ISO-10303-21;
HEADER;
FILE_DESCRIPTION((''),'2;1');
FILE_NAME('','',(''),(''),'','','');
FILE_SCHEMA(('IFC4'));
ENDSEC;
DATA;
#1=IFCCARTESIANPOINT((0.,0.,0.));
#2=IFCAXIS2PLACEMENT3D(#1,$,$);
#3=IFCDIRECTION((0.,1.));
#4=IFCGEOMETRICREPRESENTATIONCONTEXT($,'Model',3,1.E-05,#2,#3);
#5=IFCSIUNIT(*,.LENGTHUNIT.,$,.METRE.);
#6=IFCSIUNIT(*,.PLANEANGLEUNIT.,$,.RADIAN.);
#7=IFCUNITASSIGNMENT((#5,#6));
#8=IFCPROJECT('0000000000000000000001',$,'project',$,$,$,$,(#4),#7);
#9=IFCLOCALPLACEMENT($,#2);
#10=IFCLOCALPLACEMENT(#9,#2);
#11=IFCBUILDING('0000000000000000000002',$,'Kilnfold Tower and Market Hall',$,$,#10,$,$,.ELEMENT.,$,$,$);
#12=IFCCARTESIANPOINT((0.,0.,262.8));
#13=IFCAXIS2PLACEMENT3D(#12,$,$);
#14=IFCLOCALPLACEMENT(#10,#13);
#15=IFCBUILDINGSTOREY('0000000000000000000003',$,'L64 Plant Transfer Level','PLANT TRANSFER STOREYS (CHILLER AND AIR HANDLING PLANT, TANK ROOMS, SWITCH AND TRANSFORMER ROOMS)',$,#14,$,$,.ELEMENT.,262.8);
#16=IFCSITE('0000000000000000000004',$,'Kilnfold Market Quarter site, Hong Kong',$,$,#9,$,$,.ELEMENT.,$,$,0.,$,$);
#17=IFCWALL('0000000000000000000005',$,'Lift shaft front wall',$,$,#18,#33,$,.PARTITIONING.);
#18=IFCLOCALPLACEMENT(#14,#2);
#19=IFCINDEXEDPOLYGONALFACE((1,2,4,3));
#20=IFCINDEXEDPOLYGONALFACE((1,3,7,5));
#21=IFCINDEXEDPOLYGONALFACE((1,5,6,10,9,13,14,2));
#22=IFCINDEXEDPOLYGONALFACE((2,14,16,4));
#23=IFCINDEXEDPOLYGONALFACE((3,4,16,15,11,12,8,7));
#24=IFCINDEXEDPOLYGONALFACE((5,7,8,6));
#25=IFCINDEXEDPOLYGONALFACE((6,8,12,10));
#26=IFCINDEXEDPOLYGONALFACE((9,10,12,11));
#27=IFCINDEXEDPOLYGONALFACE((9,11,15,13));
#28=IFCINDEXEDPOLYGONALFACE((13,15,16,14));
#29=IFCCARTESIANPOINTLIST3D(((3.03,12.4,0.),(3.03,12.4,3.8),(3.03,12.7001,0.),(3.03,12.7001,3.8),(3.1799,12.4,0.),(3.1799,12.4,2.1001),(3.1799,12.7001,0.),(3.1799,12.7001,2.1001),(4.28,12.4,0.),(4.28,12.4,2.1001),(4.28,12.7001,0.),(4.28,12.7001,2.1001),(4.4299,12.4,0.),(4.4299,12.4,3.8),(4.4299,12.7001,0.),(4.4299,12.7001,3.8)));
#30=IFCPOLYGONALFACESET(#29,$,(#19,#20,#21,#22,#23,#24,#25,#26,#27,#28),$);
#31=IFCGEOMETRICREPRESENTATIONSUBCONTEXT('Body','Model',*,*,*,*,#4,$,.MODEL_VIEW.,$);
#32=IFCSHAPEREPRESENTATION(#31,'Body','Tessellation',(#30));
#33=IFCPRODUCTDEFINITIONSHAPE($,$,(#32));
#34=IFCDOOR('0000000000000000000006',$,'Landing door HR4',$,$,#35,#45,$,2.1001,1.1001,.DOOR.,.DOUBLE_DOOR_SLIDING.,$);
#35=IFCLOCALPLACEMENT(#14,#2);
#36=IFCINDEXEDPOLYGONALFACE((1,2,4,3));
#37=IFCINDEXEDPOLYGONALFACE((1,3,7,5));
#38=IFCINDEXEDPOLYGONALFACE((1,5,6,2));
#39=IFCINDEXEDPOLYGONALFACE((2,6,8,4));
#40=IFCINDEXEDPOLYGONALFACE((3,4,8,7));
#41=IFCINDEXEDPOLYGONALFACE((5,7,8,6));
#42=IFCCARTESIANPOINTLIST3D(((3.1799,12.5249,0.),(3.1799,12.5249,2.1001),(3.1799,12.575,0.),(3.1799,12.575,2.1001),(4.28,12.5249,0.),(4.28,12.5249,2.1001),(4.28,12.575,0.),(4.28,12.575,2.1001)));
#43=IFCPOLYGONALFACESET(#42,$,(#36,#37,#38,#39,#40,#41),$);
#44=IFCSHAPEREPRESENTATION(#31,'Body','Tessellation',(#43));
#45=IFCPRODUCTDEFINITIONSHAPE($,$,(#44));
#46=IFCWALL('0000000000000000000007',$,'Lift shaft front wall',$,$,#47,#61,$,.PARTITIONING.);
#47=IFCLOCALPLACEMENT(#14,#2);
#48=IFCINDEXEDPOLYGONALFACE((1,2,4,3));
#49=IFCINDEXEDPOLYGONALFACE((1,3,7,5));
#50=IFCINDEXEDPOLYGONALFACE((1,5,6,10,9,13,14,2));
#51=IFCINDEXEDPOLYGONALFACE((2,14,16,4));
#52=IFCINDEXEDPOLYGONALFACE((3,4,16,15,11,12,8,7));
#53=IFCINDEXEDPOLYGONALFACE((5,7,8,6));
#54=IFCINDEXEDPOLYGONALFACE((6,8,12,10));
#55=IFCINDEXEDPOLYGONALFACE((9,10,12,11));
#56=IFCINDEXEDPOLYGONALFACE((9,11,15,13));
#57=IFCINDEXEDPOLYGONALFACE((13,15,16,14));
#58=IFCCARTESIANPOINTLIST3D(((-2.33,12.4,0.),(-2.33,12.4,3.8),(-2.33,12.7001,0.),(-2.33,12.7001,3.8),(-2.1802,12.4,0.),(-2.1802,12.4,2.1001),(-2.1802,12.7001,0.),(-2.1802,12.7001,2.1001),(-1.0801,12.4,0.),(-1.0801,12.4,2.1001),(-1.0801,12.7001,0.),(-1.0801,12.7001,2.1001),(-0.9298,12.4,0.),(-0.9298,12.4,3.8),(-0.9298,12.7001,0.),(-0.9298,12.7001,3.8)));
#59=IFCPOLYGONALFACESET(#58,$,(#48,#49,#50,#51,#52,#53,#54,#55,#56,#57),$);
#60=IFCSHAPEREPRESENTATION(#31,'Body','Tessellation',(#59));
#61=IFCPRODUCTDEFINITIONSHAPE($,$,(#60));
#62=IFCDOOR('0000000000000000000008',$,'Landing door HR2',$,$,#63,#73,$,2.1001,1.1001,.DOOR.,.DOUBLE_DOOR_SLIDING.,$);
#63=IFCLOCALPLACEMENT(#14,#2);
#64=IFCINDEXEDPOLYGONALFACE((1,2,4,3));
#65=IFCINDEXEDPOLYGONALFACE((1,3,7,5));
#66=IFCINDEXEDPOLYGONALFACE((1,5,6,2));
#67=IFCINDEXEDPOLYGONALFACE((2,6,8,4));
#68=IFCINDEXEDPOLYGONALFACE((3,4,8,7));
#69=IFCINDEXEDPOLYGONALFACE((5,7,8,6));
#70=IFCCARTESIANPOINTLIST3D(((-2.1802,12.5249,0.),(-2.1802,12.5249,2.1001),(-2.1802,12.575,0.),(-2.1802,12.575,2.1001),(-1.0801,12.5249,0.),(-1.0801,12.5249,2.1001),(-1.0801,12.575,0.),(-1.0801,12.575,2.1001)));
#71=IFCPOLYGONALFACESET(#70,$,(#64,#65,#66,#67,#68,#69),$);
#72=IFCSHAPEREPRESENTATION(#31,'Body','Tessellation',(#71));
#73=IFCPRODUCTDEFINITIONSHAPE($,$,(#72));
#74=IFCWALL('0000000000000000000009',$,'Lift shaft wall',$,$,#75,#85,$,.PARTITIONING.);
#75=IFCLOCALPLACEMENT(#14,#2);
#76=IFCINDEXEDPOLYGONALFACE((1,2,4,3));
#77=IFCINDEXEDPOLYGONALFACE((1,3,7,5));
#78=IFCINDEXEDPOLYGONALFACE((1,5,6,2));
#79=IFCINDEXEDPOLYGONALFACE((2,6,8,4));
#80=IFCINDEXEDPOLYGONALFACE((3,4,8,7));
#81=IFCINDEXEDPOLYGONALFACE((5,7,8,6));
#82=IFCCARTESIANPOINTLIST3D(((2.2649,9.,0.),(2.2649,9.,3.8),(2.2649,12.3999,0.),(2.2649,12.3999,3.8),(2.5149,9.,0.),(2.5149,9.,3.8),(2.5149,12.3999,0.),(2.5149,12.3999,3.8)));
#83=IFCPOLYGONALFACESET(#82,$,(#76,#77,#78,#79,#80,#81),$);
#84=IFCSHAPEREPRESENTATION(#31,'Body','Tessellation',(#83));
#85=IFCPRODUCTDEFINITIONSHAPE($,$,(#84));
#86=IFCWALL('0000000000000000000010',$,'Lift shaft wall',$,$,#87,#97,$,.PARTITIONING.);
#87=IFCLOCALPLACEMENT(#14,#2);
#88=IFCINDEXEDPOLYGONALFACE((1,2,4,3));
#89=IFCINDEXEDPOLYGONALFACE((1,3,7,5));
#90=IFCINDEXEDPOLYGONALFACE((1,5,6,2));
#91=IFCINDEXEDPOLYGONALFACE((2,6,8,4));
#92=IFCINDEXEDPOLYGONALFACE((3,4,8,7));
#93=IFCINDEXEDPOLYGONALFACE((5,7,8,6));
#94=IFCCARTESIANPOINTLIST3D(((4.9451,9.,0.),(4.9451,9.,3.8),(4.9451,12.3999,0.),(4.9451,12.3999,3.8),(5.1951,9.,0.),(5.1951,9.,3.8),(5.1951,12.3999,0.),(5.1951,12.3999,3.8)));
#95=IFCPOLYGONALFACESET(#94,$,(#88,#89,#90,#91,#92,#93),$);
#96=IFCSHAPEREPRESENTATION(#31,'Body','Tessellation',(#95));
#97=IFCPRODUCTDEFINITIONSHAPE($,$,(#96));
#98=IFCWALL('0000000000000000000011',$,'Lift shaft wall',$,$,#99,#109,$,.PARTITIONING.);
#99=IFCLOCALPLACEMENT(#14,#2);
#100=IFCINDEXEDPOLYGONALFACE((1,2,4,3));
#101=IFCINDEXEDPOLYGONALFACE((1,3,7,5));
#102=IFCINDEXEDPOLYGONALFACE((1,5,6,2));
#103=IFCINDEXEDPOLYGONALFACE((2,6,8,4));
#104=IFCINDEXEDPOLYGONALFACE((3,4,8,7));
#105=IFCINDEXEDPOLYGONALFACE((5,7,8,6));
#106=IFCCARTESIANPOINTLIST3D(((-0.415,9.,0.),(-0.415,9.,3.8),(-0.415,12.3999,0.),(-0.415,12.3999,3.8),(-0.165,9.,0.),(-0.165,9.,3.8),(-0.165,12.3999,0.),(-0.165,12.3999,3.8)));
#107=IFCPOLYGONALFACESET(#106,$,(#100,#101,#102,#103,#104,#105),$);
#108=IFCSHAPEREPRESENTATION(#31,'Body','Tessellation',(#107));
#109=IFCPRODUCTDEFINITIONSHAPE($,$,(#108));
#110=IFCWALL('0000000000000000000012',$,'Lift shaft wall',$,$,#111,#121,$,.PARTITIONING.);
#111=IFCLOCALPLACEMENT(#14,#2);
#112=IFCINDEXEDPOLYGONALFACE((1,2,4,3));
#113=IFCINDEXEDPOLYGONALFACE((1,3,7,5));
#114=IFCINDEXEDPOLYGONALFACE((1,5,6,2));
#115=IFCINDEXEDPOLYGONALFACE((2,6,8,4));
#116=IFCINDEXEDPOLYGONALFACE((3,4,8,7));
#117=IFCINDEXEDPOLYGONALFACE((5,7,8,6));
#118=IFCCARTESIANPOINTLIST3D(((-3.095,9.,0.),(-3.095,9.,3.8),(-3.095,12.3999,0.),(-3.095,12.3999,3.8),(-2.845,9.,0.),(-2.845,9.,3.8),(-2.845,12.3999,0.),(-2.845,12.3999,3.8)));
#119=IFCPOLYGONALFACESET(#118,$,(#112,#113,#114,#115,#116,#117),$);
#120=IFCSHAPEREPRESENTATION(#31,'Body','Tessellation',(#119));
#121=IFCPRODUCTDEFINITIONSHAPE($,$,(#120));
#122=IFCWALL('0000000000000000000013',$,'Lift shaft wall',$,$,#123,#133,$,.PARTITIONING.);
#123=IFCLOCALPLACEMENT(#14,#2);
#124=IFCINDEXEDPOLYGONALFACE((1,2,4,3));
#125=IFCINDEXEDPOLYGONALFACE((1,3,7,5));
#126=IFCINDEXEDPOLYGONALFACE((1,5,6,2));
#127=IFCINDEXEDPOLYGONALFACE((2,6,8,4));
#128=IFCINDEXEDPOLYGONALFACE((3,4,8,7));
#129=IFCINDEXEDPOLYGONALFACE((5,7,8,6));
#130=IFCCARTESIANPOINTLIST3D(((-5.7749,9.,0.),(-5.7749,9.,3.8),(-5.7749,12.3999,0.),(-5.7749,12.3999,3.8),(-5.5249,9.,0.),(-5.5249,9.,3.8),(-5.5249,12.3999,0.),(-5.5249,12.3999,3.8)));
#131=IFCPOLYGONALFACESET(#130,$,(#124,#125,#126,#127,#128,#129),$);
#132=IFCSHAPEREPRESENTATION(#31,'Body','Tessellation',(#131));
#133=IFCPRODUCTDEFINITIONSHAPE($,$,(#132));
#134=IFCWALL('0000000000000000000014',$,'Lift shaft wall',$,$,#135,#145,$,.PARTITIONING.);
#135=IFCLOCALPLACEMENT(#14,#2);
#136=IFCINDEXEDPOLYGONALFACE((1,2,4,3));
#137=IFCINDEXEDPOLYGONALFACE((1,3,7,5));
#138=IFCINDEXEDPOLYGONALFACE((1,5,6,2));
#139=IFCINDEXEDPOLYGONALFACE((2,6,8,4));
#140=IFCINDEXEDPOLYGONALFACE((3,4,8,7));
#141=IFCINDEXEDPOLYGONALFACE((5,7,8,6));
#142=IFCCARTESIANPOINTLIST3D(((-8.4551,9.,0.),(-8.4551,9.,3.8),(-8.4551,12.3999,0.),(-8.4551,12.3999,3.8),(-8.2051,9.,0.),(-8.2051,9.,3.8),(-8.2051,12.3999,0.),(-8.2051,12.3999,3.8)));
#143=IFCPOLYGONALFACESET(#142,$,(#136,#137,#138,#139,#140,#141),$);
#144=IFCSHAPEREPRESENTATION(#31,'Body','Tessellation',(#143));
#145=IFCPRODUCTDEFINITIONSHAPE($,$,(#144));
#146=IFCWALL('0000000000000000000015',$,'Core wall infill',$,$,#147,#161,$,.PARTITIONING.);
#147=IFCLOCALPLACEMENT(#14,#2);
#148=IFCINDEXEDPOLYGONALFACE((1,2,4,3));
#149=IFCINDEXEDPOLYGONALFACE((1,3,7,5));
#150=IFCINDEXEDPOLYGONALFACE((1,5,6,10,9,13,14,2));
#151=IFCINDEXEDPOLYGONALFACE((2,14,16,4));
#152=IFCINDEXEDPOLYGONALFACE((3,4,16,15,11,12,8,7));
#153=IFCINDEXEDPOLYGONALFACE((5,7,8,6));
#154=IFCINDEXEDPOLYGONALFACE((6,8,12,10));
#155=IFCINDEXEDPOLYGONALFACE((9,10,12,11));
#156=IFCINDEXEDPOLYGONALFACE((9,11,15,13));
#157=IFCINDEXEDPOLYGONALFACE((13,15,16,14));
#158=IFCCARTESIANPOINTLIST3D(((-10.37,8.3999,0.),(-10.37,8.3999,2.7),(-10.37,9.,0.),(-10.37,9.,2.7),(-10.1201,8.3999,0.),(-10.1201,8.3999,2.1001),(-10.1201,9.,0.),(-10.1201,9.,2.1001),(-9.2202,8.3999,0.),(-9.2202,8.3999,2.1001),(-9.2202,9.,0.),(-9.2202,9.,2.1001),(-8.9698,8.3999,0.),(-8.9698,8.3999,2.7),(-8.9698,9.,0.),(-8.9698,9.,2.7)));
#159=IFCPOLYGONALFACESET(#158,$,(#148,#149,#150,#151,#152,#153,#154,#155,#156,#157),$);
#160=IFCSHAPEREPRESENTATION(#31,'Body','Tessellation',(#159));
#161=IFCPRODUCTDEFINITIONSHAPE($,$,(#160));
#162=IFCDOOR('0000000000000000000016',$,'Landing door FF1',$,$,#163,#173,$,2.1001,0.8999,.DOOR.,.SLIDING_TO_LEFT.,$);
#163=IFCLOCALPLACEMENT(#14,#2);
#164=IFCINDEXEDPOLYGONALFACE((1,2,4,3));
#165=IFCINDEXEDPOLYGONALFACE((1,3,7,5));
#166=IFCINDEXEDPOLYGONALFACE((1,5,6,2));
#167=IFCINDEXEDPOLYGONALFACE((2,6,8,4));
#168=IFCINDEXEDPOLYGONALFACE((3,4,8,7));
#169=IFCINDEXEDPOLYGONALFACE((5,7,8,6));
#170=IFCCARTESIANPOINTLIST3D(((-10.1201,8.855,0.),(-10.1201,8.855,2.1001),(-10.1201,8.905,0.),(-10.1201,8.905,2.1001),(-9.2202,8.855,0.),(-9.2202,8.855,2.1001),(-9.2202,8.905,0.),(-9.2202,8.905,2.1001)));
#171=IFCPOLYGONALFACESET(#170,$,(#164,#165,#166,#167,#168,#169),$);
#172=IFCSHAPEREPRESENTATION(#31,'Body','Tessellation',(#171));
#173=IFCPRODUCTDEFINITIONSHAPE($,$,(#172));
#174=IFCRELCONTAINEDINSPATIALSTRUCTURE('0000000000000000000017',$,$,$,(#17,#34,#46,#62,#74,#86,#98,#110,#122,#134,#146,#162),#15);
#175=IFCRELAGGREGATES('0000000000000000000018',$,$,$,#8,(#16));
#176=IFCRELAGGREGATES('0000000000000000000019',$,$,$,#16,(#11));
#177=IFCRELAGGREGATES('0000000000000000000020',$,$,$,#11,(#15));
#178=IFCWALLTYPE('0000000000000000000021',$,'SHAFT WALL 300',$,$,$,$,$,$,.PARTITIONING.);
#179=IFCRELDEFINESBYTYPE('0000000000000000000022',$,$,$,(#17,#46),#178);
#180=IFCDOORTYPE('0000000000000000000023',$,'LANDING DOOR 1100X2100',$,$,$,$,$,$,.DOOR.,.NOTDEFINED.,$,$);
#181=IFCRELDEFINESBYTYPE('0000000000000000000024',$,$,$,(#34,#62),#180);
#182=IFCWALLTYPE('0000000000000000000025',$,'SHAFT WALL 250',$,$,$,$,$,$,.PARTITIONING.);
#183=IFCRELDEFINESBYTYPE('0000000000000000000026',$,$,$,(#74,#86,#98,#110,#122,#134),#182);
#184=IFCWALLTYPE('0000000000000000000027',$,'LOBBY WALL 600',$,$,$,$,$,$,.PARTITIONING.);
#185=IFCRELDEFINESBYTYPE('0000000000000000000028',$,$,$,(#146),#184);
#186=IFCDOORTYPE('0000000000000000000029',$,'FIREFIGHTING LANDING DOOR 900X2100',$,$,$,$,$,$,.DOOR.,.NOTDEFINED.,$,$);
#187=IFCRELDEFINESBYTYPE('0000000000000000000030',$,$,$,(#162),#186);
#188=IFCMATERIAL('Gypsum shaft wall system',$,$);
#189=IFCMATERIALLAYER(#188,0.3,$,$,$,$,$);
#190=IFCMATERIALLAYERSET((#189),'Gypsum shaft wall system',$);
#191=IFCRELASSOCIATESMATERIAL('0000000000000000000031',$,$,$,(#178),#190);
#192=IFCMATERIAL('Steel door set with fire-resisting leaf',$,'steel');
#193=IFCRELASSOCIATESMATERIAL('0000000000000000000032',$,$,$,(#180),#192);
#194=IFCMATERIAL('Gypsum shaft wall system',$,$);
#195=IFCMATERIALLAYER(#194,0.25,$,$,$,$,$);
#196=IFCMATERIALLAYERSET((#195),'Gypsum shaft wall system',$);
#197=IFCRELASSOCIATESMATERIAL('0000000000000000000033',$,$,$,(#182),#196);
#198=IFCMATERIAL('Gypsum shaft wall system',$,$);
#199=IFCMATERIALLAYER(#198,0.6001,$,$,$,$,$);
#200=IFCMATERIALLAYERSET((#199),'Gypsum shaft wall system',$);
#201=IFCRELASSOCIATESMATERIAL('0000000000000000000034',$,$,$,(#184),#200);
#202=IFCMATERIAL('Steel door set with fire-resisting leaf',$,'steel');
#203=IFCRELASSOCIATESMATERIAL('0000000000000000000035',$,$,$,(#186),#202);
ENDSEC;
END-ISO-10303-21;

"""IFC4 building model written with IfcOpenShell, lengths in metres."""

from ifc_helpers import new_model, si_unit, direction, frame, frame_2d, origin, place, context, subcontext, project, spatial, rectangle, extrude, source, transform, mapped, material, layer, layer_set, type_object, element, fill, save


model = new_model("IFC4")

# Units and contexts
model_context = context("Model", 3, precision=1e-05, world=origin(), true_north=direction((0.0, 1.0)))
body_context = subcontext(model_context, "Body", "Model", "MODEL_VIEW")
ifc_project = project(units=[si_unit("LENGTHUNIT", "METRE"), si_unit("PLANEANGLEUNIT", "RADIAN")], contexts=[model_context])

# Site, building, storey
site_placement = place(None, origin())
site = spatial("IfcSite", under=ifc_project, at=site_placement, Name="Kilnfold Market Quarter site, Hong Kong", CompositionType="ELEMENT", RefElevation=0.0)
building_placement = place(site_placement, origin())
building = spatial("IfcBuilding", under=site, at=building_placement, Name="Kilnfold Tower and Market Hall", CompositionType="ELEMENT")
storey_placement = place(building_placement, frame((0.0, 0.0, 262.8)))
storey = spatial("IfcBuildingStorey", under=building, at=storey_placement, Name="L64 Plant Transfer Level", Description="PLANT TRANSFER STOREYS (CHILLER AND AIR HANDLING PLANT, TANK ROOMS, SWITCH AND TRANSFORMER ROOMS)", CompositionType="ELEMENT", Elevation=262.8)

# Walls, openings, doors
ifc_material_1 = material(Name="Gypsum shaft wall system")
ifc_layer_1 = layer(ifc_material_1, 0.3)
ifc_layer_set_1 = layer_set([ifc_layer_1], Name="Gypsum shaft wall system")
wall_type_1 = type_object("IfcWallType", Name="SHAFT WALL 300", PredefinedType="PARTITIONING", material=ifc_layer_set_1)
shared_shape_1 = source(origin(), body_context, "Body", "SweptSolid", [
    extrude(rectangle(XDim=1.3999, YDim=0.3, at=frame_2d((0.7, 0.0))), origin(), (0.0, 0.0, 1.0), 3.8),
])
ifc_material_2 = material(Name="Steel door set with fire-resisting leaf", Category="steel")
door_type_1 = type_object("IfcDoorType", Name="LANDING DOOR 1100X2100", OperationType="NOTDEFINED", PredefinedType="DOOR", material=ifc_material_2)
wall_1_placement = place(storey_placement, frame((3.03, 12.55, 0.0), z_axis=(0.0, 0.0, 1.0), x_axis=(1.0, 0.0, 0.0)))
wall_1 = element("IfcWall", 1, at=wall_1_placement, inside=storey, type_object=wall_type_1, Name="Lift shaft front wall", PredefinedType="PARTITIONING", context=body_context, shape_type="MappedRepresentation", body=[
    mapped(shared_shape_1, transform((0.0, 0.0, 0.0))),
])
opening_1_placement = place(wall_1_placement, frame((0.1499, 0.0, 0.0)))
opening_1 = element("IfcOpeningElement", 2, at=opening_1_placement, cuts=wall_1, PredefinedType="OPENING", context=body_context, shape_type="SweptSolid", body=[
    extrude(rectangle(XDim=1.1001, YDim=2.1001, at=frame_2d((0.55, 1.05))), frame((0.0, 0.1602, 0.0), z_axis=(0.0, -1.0, 0.0), x_axis=(1.0, 0.0, 0.0)), (0.0, 0.0, 1.0), 0.3201),
])
door_1_placement = place(opening_1_placement, origin())
door_1 = element("IfcDoor", 3, at=door_1_placement, inside=storey, type_object=door_type_1, Name="Landing door HR4", OperationType="DOUBLE_DOOR_SLIDING", OverallHeight=2.1001, OverallWidth=1.1001, PredefinedType="DOOR", context=body_context, shape_type="SweptSolid", body=[
    extrude(rectangle(XDim=1.1001, YDim=2.1001, at=frame_2d((0.55, 1.05))), frame((0.0, 0.0249, 0.0), z_axis=(0.0, -1.0, 0.0), x_axis=(1.0, 0.0, 0.0)), (0.0, 0.0, 1.0), 0.05),
])
fill(opening_1, door_1)
shared_shape_2 = source(origin(), body_context, "Body", "SweptSolid", [
    extrude(rectangle(XDim=1.4001, YDim=0.3, at=frame_2d((0.7002, 0.0))), origin(), (0.0, 0.0, 1.0), 3.8),
])
wall_2_placement = place(storey_placement, frame((-2.3301, 12.55, 0.0), z_axis=(0.0, 0.0, 1.0), x_axis=(1.0, 0.0, 0.0)))
wall_2 = element("IfcWall", 4, at=wall_2_placement, inside=storey, type_object=wall_type_1, Name="Lift shaft front wall", PredefinedType="PARTITIONING", context=body_context, shape_type="MappedRepresentation", body=[
    mapped(shared_shape_2, transform((0.0, 0.0, 0.0))),
])
opening_2_placement = place(wall_2_placement, frame((0.1499, 0.0, 0.0)))
opening_2 = element("IfcOpeningElement", 5, at=opening_2_placement, cuts=wall_2, PredefinedType="OPENING", context=body_context, shape_type="SweptSolid", body=[
    extrude(rectangle(XDim=1.1001, YDim=2.1001, at=frame_2d((0.55, 1.05))), frame((0.0, 0.1602, 0.0), z_axis=(0.0, -1.0, 0.0), x_axis=(1.0, 0.0, 0.0)), (0.0, 0.0, 1.0), 0.3201),
])
door_2_placement = place(opening_2_placement, origin())
door_2 = element("IfcDoor", 6, at=door_2_placement, inside=storey, type_object=door_type_1, Name="Landing door HR2", OperationType="DOUBLE_DOOR_SLIDING", OverallHeight=2.1001, OverallWidth=1.1001, PredefinedType="DOOR", context=body_context, shape_type="SweptSolid", body=[
    extrude(rectangle(XDim=1.1001, YDim=2.1001, at=frame_2d((0.55, 1.05))), frame((0.0, 0.0249, 0.0), z_axis=(0.0, -1.0, 0.0), x_axis=(1.0, 0.0, 0.0)), (0.0, 0.0, 1.0), 0.05),
])
fill(opening_2, door_2)

# Walls
ifc_material_3 = material(Name="Gypsum shaft wall system")
ifc_layer_2 = layer(ifc_material_3, 0.25)
ifc_layer_set_2 = layer_set([ifc_layer_2], Name="Gypsum shaft wall system")
wall_type_2 = type_object("IfcWallType", Name="SHAFT WALL 250", PredefinedType="PARTITIONING", material=ifc_layer_set_2)
shared_shape_3 = source(origin(), body_context, "Body", "SweptSolid", [
    extrude(rectangle(XDim=3.3999, YDim=0.25, at=frame_2d((1.7, 0.0))), origin(), (0.0, 0.0, 1.0), 3.8),
])
for number, where, z_axis, x_axis, name in (
    (7, (2.3899, 9.0, 0.0), (0.0, 0.0, 1.0), (0.0, 1.0, 0.0), "Lift shaft wall"),
    (8, (5.0701, 9.0, 0.0), (0.0, 0.0, 1.0), (0.0, 1.0, 0.0), "Lift shaft wall"),
    (9, (-0.29, 9.0, 0.0), (0.0, 0.0, 1.0), (0.0, 1.0, 0.0), "Lift shaft wall"),
    (10, (-2.97, 9.0, 0.0), (0.0, 0.0, 1.0), (0.0, 1.0, 0.0), "Lift shaft wall"),
    (11, (-5.6499, 9.0, 0.0), (0.0, 0.0, 1.0), (0.0, 1.0, 0.0), "Lift shaft wall"),
    (12, (-8.3301, 9.0, 0.0), (0.0, 0.0, 1.0), (0.0, 1.0, 0.0), "Lift shaft wall"),
):
    element("IfcWall", number, at=place(storey_placement, frame(where, z_axis=z_axis, x_axis=x_axis)), inside=storey, type_object=wall_type_2, Name=name, PredefinedType="PARTITIONING", context=body_context, shape_type="MappedRepresentation", body=[
        mapped(shared_shape_3, transform((0.0, 0.0, 0.0))),
    ])

# Wall, opening, door
ifc_material_4 = material(Name="Gypsum shaft wall system")
ifc_layer_3 = layer(ifc_material_4, 0.6001)
ifc_layer_set_3 = layer_set([ifc_layer_3], Name="Gypsum shaft wall system")
wall_type_3 = type_object("IfcWallType", Name="LOBBY WALL 600", PredefinedType="PARTITIONING", material=ifc_layer_set_3)
shared_shape_4 = source(origin(), body_context, "Body", "SweptSolid", [
    extrude(rectangle(XDim=1.4001, YDim=0.6001, at=frame_2d((0.7002, 0.0))), origin(), (0.0, 0.0, 1.0), 2.7),
])
wall_3_placement = place(storey_placement, frame((-10.3701, 8.7, 0.0), z_axis=(0.0, 0.0, 1.0), x_axis=(1.0, 0.0, 0.0)))
wall_3 = element("IfcWall", 13, at=wall_3_placement, inside=storey, type_object=wall_type_3, Name="Core wall infill", PredefinedType="PARTITIONING", context=body_context, shape_type="MappedRepresentation", body=[
    mapped(shared_shape_4, transform((0.0, 0.0, 0.0))),
])
opening_3_placement = place(wall_3_placement, frame((0.25, 0.0, 0.0)))
opening_3 = element("IfcOpeningElement", 14, at=opening_3_placement, cuts=wall_3, PredefinedType="OPENING", context=body_context, shape_type="SweptSolid", body=[
    extrude(rectangle(XDim=0.8999, YDim=2.1001, at=frame_2d((0.45, 1.05))), frame((0.0, 0.3101, 0.0), z_axis=(0.0, -1.0, 0.0), x_axis=(1.0, 0.0, 0.0)), (0.0, 0.0, 1.0), 0.6201),
])
ifc_material_5 = material(Name="Steel door set with fire-resisting leaf", Category="steel")
door_type_2 = type_object("IfcDoorType", Name="FIREFIGHTING LANDING DOOR 900X2100", OperationType="NOTDEFINED", PredefinedType="DOOR", material=ifc_material_5)
door_3_placement = place(opening_3_placement, origin())
door_3 = element("IfcDoor", 15, at=door_3_placement, inside=storey, type_object=door_type_2, Name="Landing door FF1", OperationType="SLIDING_TO_LEFT", OverallHeight=2.1001, OverallWidth=0.8999, PredefinedType="DOOR", context=body_context, shape_type="SweptSolid", body=[
    extrude(rectangle(XDim=0.8999, YDim=2.1001, at=frame_2d((0.45, 1.05))), frame((0.0, 0.2051, 0.0), z_axis=(0.0, -1.0, 0.0), x_axis=(1.0, 0.0, 0.0)), (0.0, 0.0, 1.0), 0.05),
])
fill(opening_3, door_3)

save(model, "model.ifc")
